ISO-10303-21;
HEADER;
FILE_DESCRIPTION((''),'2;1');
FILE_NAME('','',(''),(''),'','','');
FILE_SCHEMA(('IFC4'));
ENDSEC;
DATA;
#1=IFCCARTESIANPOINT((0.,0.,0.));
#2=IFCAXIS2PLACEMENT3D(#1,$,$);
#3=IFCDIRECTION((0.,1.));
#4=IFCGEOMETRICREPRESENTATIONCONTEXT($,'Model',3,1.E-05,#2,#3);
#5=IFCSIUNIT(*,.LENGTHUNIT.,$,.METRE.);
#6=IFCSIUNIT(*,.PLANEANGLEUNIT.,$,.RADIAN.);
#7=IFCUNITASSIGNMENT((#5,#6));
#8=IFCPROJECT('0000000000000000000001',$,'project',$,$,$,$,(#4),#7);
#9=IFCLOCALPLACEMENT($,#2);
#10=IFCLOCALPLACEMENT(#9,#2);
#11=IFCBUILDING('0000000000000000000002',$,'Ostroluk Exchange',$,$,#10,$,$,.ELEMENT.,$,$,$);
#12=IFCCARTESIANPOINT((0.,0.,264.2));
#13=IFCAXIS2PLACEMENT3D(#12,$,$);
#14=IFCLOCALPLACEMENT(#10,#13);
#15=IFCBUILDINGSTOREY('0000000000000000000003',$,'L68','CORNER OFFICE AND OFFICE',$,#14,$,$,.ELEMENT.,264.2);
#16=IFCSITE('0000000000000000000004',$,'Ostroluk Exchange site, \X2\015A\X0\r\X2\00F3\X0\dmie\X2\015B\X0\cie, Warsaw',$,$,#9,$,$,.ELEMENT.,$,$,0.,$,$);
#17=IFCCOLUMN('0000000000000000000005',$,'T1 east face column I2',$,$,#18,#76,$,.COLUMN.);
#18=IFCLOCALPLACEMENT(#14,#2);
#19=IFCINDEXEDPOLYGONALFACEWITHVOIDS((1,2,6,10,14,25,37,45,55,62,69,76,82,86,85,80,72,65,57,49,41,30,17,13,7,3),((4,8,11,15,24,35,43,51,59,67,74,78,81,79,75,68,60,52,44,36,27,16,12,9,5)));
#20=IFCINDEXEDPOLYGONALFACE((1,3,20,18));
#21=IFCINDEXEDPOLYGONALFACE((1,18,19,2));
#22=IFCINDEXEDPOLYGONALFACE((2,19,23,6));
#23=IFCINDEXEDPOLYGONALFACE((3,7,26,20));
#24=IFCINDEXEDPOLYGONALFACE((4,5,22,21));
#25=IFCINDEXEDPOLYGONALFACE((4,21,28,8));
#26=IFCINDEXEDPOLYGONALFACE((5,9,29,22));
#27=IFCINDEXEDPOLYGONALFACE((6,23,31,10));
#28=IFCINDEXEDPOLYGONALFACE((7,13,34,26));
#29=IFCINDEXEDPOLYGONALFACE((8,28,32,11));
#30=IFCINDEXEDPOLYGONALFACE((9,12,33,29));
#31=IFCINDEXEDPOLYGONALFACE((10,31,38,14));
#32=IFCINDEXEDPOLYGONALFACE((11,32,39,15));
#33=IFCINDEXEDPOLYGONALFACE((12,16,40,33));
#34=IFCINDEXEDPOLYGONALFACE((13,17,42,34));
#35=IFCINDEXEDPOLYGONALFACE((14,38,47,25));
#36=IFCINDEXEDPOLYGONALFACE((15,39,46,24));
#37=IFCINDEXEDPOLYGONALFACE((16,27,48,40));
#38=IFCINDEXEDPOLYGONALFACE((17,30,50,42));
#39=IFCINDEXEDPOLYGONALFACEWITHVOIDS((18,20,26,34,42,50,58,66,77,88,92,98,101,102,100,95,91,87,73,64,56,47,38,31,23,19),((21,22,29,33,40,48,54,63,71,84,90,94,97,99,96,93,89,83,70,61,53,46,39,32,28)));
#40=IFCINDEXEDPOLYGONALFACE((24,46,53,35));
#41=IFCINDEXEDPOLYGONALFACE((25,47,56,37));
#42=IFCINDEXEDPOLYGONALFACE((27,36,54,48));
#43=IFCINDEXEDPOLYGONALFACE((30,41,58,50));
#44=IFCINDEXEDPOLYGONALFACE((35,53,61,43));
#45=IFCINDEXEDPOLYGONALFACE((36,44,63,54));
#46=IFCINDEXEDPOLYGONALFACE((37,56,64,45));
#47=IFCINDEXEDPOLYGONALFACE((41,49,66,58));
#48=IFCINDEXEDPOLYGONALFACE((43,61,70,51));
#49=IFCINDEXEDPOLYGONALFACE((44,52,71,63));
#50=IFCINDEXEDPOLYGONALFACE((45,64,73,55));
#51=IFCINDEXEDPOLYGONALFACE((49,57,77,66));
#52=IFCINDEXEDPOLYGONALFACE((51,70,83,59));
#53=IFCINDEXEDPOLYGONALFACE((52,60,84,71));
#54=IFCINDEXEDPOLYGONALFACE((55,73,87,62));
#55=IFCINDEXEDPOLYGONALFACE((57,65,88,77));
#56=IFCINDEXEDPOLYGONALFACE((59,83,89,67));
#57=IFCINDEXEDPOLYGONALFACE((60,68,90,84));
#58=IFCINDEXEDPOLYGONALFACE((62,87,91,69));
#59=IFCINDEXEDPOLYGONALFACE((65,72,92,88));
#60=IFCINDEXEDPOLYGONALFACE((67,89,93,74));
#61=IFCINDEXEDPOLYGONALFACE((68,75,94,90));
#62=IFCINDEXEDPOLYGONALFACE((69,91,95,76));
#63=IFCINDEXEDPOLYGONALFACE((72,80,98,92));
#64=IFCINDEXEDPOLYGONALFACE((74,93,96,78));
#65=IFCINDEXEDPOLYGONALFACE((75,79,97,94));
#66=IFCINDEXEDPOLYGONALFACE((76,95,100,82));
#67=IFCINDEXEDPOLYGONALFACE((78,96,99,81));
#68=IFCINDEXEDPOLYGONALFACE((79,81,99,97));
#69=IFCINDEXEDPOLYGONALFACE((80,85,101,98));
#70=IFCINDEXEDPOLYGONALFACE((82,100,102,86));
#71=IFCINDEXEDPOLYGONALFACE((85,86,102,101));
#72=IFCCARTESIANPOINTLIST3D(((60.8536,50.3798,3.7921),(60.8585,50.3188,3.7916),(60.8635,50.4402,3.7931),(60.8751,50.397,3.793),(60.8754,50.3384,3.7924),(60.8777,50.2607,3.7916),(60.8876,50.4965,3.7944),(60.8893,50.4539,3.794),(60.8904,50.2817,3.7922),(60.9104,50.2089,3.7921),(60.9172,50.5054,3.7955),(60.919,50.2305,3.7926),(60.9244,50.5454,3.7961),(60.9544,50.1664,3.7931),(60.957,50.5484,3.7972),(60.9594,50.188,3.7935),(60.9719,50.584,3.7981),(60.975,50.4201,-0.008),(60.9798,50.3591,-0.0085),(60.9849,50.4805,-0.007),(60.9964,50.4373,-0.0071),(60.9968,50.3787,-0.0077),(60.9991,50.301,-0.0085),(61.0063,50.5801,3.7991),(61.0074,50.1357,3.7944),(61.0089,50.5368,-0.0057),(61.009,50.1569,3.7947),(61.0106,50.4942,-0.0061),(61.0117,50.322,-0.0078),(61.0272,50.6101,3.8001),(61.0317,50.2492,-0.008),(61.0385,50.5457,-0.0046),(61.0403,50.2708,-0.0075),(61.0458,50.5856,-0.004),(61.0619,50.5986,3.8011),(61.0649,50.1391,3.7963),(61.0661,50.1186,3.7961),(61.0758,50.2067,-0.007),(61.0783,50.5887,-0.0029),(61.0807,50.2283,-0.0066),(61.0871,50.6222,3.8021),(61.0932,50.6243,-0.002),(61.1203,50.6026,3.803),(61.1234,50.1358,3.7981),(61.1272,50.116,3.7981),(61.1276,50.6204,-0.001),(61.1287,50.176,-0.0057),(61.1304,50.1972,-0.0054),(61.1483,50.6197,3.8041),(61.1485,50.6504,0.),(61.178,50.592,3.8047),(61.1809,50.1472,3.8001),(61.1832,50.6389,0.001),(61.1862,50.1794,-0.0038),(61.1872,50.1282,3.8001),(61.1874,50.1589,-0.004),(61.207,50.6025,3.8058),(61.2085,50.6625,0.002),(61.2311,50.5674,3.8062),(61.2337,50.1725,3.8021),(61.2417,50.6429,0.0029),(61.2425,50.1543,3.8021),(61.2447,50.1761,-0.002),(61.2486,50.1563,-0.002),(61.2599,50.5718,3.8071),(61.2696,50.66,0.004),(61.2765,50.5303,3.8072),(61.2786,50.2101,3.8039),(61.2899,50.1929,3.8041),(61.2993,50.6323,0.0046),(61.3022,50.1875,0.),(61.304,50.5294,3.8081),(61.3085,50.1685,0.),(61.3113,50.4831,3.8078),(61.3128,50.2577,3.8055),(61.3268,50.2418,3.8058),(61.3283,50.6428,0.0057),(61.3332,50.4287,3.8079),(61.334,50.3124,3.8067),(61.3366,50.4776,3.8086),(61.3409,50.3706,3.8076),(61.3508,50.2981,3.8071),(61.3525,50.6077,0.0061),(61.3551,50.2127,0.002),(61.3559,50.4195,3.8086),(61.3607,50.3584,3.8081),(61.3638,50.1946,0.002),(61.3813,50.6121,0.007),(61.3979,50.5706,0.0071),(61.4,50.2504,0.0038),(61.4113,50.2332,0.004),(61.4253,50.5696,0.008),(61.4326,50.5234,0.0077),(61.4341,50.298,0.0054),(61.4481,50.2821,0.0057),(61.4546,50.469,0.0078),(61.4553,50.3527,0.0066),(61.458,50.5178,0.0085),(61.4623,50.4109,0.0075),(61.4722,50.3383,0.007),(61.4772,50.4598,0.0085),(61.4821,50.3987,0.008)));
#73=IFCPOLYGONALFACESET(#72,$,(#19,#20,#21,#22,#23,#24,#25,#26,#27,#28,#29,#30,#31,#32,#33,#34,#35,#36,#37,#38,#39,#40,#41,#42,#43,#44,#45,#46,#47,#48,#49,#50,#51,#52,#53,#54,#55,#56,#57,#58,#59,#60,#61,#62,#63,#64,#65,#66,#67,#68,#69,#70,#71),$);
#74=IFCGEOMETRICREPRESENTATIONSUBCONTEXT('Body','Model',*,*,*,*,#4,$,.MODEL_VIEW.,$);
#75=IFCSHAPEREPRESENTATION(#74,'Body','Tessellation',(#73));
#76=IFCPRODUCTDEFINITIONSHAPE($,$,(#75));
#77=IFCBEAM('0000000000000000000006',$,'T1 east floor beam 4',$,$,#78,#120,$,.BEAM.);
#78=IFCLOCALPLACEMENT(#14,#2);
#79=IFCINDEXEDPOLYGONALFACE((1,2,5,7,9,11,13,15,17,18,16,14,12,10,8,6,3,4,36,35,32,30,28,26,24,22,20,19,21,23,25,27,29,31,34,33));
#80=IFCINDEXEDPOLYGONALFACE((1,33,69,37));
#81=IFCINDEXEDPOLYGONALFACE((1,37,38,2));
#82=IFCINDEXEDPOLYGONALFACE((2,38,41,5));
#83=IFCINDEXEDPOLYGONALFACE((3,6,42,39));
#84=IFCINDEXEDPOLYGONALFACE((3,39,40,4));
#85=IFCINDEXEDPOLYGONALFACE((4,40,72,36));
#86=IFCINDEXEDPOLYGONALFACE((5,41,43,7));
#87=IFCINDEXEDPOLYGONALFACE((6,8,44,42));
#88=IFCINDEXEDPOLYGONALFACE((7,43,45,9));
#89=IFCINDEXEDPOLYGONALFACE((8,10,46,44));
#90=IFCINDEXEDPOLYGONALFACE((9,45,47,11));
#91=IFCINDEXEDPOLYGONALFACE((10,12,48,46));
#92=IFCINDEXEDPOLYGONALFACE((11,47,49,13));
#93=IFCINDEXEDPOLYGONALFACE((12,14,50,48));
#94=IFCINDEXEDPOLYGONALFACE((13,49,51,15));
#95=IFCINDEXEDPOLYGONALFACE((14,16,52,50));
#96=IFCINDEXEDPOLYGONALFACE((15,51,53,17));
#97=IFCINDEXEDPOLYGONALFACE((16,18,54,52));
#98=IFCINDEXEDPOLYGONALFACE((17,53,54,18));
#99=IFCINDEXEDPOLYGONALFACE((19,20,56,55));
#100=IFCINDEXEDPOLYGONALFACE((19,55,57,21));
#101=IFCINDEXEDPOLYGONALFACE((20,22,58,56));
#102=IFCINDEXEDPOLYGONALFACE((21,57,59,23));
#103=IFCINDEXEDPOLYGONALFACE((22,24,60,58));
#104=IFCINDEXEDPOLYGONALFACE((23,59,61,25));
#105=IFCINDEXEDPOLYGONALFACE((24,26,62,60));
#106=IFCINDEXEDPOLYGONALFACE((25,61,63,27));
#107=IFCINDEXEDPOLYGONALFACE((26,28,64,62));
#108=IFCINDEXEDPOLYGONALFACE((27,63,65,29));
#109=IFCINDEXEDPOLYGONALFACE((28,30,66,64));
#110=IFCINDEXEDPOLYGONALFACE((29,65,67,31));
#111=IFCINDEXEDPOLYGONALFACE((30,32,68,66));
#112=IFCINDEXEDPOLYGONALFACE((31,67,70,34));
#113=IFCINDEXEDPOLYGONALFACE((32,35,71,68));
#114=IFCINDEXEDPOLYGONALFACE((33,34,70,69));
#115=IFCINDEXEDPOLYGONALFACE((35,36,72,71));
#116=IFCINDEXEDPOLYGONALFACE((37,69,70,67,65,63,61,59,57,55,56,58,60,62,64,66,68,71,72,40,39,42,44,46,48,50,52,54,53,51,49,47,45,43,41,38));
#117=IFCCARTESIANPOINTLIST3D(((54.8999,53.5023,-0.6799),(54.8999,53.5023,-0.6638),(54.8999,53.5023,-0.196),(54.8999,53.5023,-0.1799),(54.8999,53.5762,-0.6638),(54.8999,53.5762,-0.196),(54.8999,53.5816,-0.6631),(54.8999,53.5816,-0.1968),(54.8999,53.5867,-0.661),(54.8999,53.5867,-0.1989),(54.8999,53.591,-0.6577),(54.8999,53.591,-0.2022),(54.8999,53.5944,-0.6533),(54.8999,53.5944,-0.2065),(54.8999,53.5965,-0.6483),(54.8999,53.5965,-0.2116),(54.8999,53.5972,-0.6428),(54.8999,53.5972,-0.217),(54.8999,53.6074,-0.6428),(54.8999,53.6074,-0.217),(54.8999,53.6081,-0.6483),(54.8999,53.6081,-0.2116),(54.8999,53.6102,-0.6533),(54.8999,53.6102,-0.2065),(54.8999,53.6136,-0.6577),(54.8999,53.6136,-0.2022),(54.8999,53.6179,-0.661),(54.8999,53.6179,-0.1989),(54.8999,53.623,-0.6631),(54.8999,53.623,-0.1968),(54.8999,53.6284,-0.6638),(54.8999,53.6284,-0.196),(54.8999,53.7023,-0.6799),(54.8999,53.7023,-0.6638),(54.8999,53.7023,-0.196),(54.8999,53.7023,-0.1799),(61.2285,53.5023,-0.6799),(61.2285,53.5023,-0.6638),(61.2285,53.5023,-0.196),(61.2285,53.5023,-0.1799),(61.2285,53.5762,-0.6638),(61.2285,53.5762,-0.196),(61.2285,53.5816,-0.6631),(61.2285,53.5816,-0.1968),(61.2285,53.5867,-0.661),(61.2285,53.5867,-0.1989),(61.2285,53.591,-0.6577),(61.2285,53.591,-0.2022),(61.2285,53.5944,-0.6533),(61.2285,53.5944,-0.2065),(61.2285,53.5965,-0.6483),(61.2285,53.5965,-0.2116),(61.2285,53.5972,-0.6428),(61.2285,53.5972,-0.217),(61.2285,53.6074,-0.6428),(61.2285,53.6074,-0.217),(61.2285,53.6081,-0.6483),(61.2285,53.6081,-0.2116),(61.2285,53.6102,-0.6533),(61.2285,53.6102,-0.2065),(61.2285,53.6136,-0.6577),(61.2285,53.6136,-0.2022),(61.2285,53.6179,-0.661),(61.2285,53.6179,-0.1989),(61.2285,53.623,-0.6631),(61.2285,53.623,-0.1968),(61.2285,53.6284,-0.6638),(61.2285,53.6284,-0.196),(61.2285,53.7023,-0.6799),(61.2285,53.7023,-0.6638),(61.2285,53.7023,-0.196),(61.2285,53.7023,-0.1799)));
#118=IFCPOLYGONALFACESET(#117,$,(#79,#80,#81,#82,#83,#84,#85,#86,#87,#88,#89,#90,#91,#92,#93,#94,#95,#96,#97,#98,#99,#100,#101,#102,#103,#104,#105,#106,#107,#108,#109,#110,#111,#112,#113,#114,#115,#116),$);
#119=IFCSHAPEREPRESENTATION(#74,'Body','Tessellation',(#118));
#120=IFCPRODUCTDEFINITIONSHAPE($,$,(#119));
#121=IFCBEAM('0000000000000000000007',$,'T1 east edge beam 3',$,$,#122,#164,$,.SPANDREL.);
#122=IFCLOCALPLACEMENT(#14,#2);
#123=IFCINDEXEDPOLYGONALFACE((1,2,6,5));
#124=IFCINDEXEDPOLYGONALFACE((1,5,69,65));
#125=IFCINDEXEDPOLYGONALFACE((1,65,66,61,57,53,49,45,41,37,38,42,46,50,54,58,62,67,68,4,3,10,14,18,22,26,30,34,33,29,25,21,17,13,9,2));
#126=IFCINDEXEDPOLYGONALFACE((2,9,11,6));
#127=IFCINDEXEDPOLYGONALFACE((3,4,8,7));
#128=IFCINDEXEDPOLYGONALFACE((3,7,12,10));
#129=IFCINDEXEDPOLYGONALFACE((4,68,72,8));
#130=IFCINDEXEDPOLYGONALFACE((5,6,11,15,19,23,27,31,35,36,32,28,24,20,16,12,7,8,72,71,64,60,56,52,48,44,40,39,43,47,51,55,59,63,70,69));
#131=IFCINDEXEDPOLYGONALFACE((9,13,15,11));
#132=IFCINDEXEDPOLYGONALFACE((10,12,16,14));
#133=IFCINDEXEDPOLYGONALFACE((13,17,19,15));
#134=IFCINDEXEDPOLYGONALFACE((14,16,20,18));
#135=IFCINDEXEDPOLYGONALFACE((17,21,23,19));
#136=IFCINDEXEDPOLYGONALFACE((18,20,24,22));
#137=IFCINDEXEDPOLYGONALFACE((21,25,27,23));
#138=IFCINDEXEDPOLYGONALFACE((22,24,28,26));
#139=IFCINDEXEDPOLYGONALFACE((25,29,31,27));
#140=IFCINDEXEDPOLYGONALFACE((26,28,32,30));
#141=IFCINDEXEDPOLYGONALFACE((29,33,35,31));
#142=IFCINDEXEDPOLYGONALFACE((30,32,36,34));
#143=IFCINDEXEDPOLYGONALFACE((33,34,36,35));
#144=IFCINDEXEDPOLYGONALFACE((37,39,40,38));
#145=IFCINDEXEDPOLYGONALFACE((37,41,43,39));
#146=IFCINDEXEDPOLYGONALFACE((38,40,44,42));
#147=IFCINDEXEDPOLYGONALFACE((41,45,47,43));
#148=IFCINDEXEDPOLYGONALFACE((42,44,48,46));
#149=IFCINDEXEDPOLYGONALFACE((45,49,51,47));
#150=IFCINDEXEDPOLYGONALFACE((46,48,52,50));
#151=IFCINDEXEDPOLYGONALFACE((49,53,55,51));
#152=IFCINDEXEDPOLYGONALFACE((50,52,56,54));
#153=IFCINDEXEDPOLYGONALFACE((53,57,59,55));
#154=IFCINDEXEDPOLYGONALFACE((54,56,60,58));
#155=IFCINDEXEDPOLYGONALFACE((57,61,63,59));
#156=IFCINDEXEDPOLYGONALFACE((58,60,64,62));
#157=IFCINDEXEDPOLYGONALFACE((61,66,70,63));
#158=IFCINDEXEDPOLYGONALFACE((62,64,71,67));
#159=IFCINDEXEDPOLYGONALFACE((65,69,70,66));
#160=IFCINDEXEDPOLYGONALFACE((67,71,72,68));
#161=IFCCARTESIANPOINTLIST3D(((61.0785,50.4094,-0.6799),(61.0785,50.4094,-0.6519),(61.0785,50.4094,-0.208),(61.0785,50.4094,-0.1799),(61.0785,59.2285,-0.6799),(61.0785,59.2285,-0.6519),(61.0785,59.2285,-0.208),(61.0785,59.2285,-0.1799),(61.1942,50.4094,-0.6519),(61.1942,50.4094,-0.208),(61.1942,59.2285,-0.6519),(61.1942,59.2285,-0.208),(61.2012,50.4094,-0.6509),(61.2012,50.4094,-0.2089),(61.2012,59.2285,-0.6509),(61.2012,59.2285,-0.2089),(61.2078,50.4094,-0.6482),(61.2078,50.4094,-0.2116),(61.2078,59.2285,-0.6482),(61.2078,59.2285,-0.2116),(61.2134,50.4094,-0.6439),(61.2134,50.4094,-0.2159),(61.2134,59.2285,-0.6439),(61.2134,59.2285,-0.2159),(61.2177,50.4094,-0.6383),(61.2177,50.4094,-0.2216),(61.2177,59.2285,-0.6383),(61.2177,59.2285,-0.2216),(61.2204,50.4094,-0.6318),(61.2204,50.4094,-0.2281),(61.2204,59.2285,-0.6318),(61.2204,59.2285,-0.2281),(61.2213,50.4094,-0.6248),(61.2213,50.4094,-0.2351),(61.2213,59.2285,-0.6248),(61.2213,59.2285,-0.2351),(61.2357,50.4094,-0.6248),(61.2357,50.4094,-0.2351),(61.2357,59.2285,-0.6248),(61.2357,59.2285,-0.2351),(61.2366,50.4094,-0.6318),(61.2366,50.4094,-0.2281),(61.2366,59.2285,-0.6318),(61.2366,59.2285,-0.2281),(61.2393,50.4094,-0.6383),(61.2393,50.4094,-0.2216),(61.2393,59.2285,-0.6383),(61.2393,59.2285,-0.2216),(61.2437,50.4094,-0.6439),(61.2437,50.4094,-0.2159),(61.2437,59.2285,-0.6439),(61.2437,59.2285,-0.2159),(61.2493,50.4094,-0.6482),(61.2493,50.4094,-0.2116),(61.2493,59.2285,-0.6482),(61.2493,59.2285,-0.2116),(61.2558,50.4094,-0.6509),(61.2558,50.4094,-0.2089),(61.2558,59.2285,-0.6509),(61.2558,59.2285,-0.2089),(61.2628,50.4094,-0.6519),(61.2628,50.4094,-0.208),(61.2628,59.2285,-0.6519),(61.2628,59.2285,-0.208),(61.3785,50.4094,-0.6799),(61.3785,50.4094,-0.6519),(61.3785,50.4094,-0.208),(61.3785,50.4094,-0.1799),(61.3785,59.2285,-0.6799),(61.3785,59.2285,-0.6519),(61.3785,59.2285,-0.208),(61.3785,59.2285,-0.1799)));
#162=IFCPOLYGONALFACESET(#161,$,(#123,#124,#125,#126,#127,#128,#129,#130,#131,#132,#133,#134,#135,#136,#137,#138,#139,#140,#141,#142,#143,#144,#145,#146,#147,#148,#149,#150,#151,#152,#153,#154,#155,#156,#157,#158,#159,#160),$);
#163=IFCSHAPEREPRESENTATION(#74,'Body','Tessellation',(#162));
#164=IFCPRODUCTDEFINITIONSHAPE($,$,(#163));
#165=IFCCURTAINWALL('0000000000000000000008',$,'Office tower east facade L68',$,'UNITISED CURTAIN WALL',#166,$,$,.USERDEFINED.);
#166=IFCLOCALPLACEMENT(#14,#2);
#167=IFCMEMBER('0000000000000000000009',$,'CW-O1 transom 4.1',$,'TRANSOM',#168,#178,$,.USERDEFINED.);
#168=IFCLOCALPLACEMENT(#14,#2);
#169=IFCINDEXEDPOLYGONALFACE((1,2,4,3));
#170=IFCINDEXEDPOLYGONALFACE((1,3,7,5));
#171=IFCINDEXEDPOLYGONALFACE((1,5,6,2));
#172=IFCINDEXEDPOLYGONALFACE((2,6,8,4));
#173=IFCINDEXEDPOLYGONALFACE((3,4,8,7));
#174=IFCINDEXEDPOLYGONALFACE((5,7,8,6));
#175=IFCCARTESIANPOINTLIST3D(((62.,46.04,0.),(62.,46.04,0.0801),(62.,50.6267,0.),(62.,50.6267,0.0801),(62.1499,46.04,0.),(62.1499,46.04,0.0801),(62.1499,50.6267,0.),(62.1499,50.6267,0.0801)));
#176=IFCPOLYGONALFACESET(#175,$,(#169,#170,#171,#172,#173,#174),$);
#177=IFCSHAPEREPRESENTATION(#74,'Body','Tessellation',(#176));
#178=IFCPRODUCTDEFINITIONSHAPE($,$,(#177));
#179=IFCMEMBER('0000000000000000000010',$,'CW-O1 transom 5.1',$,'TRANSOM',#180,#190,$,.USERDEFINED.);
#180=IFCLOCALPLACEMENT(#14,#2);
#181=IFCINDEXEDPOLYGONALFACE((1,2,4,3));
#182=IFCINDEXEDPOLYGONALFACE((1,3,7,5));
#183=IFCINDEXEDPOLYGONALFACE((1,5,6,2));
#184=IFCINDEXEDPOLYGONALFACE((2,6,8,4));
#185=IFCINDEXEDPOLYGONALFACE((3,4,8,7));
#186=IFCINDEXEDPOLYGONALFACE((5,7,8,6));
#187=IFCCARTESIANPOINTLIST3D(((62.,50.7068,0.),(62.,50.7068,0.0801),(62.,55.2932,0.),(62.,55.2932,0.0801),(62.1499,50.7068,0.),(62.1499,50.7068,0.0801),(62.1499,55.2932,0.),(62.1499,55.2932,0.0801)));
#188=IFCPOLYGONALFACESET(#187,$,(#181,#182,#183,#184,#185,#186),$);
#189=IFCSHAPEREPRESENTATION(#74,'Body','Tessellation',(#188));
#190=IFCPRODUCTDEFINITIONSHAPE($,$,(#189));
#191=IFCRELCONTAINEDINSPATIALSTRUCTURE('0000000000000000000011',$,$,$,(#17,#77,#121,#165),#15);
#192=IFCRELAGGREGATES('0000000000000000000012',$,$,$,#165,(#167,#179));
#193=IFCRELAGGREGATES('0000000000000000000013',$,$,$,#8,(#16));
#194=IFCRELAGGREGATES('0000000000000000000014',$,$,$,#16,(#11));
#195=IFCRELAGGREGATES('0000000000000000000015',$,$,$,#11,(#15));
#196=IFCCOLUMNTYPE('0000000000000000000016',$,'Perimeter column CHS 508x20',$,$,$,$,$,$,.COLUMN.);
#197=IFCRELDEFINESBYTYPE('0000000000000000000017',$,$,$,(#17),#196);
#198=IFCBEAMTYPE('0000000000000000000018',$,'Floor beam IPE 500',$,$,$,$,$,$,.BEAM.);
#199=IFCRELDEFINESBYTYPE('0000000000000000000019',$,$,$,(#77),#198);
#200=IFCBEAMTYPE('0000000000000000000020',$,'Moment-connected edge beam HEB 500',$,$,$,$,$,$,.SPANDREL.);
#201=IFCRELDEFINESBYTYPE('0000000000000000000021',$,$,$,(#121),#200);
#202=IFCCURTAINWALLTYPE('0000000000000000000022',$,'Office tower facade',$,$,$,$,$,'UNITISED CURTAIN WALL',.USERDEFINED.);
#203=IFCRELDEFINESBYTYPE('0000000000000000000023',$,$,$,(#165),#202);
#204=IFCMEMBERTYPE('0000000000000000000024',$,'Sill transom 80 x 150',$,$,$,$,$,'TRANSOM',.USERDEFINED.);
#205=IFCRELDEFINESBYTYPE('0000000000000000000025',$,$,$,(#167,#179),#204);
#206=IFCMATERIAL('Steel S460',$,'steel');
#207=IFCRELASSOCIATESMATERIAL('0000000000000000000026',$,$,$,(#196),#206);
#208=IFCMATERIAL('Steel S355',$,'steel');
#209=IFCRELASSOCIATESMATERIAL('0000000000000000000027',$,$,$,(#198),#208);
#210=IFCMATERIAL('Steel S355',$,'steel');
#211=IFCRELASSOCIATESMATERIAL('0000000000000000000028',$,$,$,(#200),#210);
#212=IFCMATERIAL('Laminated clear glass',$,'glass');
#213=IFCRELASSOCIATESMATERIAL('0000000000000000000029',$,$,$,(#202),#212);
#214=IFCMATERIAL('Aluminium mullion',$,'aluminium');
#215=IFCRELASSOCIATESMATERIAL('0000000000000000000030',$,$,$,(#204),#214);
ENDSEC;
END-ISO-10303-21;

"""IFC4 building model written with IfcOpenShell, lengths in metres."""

from ifc_helpers import new_model, si_unit, direction, frame, origin, origin_2d, place, context, subcontext, project, spatial, rectangle, hollow_circle, i_section, extrude, material, material_profile, profile_set, type_object, element, aggregate, save


model = new_model("IFC4")

# Units and contexts
model_context = context("Model", 3, precision=1e-05, world=origin(), true_north=direction((0.0, 1.0)))
body_context = subcontext(model_context, "Body", "Model", "MODEL_VIEW")
ifc_project = project(units=[si_unit("LENGTHUNIT", "METRE"), si_unit("PLANEANGLEUNIT", "RADIAN")], contexts=[model_context])

# Site, building, storey
site_placement = place(None, origin())
site = spatial("IfcSite", under=ifc_project, at=site_placement, Name="Ostroluk Exchange site, Śródmieście, Warsaw", CompositionType="ELEMENT", RefElevation=0.0)
building_placement = place(site_placement, origin())
building = spatial("IfcBuilding", under=site, at=building_placement, Name="Ostroluk Exchange", CompositionType="ELEMENT")
storey_placement = place(building_placement, frame((0.0, 0.0, 264.2)))
storey = spatial("IfcBuildingStorey", under=building, at=storey_placement, Name="L68", Description="CORNER OFFICE AND OFFICE", CompositionType="ELEMENT", Elevation=264.2)

# Column
ifc_material_1 = material(Name="Steel S460", Category="steel")
ifc_material_profile_1 = material_profile(ifc_material_1, hollow_circle(Radius=0.2539, WallThickness=0.02, at=origin_2d()), Name="CHS 508x20")
ifc_profile_set_1 = profile_set([ifc_material_profile_1], Name="Steel S460")
column_type = type_object("IfcColumnType", Name="Perimeter column CHS 508x20", PredefinedType="COLUMN", material=ifc_profile_set_1)
column_placement = place(storey_placement, frame((61.2285, 50.4094, 0.0), z_axis=(-0.031913, -0.010595, 0.999435), x_axis=(0.315082, -0.949065, 0.0)))
element("IfcColumn", 1, at=column_placement, inside=storey, type_object=column_type, Name="T1 east face column I2", PredefinedType="COLUMN", context=body_context, shape_type="SweptSolid", body=[
    extrude(hollow_circle(Radius=0.2539, WallThickness=0.02, at=origin_2d()), origin(), (0.0, 0.0, 1.0), 3.8022),
])

# Beams
ifc_material_2 = material(Name="Steel S355", Category="steel")
ifc_material_profile_2 = material_profile(ifc_material_2, i_section(OverallWidth=0.2, OverallDepth=0.5, WebThickness=0.0103, FlangeThickness=0.0161, FilletRadius=0.021, at=origin_2d()), Name="IPE 500")
ifc_profile_set_2 = profile_set([ifc_material_profile_2], Name="Steel S355")
beam_type_1 = type_object("IfcBeamType", Name="Floor beam IPE 500", PredefinedType="BEAM", material=ifc_profile_set_2)
beam_1_placement = place(storey_placement, frame((54.8999, 53.6023, -0.4299), z_axis=(1.0, 0.0, 0.0), x_axis=(0.0, 1.0, 0.0)))
element("IfcBeam", 2, at=beam_1_placement, inside=storey, type_object=beam_type_1, Name="T1 east floor beam 4", PredefinedType="BEAM", context=body_context, shape_type="SweptSolid", body=[
    extrude(i_section(OverallWidth=0.2, OverallDepth=0.5, WebThickness=0.0103, FlangeThickness=0.0161, FilletRadius=0.021, at=origin_2d()), origin(), (0.0, 0.0, 1.0), 6.3286),
])
ifc_material_3 = material(Name="Steel S355", Category="steel")
ifc_material_profile_3 = material_profile(ifc_material_3, i_section(OverallWidth=0.3, OverallDepth=0.5, WebThickness=0.0144, FlangeThickness=0.0281, FilletRadius=0.0271, at=origin_2d()), Name="HEB 500")
ifc_profile_set_3 = profile_set([ifc_material_profile_3], Name="Steel S355")
beam_type_2 = type_object("IfcBeamType", Name="Moment-connected edge beam HEB 500", PredefinedType="SPANDREL", material=ifc_profile_set_3)
beam_2_placement = place(storey_placement, frame((61.2285, 50.4094, -0.4299), z_axis=(0.0, 1.0, 0.0), x_axis=(-1.0, 0.0, 0.0)))
element("IfcBeam", 3, at=beam_2_placement, inside=storey, type_object=beam_type_2, Name="T1 east edge beam 3", PredefinedType="SPANDREL", context=body_context, shape_type="SweptSolid", body=[
    extrude(i_section(OverallWidth=0.3, OverallDepth=0.5, WebThickness=0.0144, FlangeThickness=0.0281, FilletRadius=0.0271, at=origin_2d()), origin(), (0.0, 0.0, 1.0), 8.8191),
])

# Curtain wall, members
ifc_material_4 = material(Name="Laminated clear glass", Category="glass")
curtain_wall_type = type_object("IfcCurtainWallType", Name="Office tower facade", ElementType="UNITISED CURTAIN WALL", PredefinedType="USERDEFINED", material=ifc_material_4)
curtain_wall_placement = place(storey_placement, origin())
curtain_wall = element("IfcCurtainWall", 4, at=curtain_wall_placement, inside=storey, type_object=curtain_wall_type, Name="Office tower east facade L68", ObjectType="UNITISED CURTAIN WALL", PredefinedType="USERDEFINED")
ifc_material_5 = material(Name="Aluminium mullion", Category="aluminium")
ifc_material_profile_4 = material_profile(ifc_material_5, rectangle(XDim=0.1499, YDim=0.0801, at=origin_2d()), Name="Sill transom 80 x 150")
ifc_profile_set_4 = profile_set([ifc_material_profile_4], Name="Aluminium mullion")
member_type_1 = type_object("IfcMemberType", Name="Sill transom 80 x 150", ElementType="TRANSOM", PredefinedType="USERDEFINED", material=ifc_profile_set_4)
member_1_placement = place(storey_placement, frame((62.075, 46.04, 0.04), z_axis=(0.0, 1.0, 0.0), x_axis=(-1.0, 0.0, 0.0)))
member_1 = element("IfcMember", 5, at=member_1_placement, type_object=member_type_1, Name="CW-O1 transom 4.1", ObjectType="TRANSOM", PredefinedType="USERDEFINED", context=body_context, shape_type="SweptSolid", body=[
    extrude(rectangle(XDim=0.1499, YDim=0.0801, at=origin_2d()), origin(), (0.0, 0.0, 1.0), 4.5867),
])
member_2_placement = place(storey_placement, frame((62.075, 50.7068, 0.04), z_axis=(0.0, 1.0, 0.0), x_axis=(-1.0, 0.0, 0.0)))
member_2 = element("IfcMember", 6, at=member_2_placement, type_object=member_type_1, Name="CW-O1 transom 5.1", ObjectType="TRANSOM", PredefinedType="USERDEFINED", context=body_context, shape_type="SweptSolid", body=[
    extrude(rectangle(XDim=0.1499, YDim=0.0801, at=origin_2d()), origin(), (0.0, 0.0, 1.0), 4.5864),
])
aggregate(curtain_wall, [member_1, member_2])

save(model, "model.ifc")
